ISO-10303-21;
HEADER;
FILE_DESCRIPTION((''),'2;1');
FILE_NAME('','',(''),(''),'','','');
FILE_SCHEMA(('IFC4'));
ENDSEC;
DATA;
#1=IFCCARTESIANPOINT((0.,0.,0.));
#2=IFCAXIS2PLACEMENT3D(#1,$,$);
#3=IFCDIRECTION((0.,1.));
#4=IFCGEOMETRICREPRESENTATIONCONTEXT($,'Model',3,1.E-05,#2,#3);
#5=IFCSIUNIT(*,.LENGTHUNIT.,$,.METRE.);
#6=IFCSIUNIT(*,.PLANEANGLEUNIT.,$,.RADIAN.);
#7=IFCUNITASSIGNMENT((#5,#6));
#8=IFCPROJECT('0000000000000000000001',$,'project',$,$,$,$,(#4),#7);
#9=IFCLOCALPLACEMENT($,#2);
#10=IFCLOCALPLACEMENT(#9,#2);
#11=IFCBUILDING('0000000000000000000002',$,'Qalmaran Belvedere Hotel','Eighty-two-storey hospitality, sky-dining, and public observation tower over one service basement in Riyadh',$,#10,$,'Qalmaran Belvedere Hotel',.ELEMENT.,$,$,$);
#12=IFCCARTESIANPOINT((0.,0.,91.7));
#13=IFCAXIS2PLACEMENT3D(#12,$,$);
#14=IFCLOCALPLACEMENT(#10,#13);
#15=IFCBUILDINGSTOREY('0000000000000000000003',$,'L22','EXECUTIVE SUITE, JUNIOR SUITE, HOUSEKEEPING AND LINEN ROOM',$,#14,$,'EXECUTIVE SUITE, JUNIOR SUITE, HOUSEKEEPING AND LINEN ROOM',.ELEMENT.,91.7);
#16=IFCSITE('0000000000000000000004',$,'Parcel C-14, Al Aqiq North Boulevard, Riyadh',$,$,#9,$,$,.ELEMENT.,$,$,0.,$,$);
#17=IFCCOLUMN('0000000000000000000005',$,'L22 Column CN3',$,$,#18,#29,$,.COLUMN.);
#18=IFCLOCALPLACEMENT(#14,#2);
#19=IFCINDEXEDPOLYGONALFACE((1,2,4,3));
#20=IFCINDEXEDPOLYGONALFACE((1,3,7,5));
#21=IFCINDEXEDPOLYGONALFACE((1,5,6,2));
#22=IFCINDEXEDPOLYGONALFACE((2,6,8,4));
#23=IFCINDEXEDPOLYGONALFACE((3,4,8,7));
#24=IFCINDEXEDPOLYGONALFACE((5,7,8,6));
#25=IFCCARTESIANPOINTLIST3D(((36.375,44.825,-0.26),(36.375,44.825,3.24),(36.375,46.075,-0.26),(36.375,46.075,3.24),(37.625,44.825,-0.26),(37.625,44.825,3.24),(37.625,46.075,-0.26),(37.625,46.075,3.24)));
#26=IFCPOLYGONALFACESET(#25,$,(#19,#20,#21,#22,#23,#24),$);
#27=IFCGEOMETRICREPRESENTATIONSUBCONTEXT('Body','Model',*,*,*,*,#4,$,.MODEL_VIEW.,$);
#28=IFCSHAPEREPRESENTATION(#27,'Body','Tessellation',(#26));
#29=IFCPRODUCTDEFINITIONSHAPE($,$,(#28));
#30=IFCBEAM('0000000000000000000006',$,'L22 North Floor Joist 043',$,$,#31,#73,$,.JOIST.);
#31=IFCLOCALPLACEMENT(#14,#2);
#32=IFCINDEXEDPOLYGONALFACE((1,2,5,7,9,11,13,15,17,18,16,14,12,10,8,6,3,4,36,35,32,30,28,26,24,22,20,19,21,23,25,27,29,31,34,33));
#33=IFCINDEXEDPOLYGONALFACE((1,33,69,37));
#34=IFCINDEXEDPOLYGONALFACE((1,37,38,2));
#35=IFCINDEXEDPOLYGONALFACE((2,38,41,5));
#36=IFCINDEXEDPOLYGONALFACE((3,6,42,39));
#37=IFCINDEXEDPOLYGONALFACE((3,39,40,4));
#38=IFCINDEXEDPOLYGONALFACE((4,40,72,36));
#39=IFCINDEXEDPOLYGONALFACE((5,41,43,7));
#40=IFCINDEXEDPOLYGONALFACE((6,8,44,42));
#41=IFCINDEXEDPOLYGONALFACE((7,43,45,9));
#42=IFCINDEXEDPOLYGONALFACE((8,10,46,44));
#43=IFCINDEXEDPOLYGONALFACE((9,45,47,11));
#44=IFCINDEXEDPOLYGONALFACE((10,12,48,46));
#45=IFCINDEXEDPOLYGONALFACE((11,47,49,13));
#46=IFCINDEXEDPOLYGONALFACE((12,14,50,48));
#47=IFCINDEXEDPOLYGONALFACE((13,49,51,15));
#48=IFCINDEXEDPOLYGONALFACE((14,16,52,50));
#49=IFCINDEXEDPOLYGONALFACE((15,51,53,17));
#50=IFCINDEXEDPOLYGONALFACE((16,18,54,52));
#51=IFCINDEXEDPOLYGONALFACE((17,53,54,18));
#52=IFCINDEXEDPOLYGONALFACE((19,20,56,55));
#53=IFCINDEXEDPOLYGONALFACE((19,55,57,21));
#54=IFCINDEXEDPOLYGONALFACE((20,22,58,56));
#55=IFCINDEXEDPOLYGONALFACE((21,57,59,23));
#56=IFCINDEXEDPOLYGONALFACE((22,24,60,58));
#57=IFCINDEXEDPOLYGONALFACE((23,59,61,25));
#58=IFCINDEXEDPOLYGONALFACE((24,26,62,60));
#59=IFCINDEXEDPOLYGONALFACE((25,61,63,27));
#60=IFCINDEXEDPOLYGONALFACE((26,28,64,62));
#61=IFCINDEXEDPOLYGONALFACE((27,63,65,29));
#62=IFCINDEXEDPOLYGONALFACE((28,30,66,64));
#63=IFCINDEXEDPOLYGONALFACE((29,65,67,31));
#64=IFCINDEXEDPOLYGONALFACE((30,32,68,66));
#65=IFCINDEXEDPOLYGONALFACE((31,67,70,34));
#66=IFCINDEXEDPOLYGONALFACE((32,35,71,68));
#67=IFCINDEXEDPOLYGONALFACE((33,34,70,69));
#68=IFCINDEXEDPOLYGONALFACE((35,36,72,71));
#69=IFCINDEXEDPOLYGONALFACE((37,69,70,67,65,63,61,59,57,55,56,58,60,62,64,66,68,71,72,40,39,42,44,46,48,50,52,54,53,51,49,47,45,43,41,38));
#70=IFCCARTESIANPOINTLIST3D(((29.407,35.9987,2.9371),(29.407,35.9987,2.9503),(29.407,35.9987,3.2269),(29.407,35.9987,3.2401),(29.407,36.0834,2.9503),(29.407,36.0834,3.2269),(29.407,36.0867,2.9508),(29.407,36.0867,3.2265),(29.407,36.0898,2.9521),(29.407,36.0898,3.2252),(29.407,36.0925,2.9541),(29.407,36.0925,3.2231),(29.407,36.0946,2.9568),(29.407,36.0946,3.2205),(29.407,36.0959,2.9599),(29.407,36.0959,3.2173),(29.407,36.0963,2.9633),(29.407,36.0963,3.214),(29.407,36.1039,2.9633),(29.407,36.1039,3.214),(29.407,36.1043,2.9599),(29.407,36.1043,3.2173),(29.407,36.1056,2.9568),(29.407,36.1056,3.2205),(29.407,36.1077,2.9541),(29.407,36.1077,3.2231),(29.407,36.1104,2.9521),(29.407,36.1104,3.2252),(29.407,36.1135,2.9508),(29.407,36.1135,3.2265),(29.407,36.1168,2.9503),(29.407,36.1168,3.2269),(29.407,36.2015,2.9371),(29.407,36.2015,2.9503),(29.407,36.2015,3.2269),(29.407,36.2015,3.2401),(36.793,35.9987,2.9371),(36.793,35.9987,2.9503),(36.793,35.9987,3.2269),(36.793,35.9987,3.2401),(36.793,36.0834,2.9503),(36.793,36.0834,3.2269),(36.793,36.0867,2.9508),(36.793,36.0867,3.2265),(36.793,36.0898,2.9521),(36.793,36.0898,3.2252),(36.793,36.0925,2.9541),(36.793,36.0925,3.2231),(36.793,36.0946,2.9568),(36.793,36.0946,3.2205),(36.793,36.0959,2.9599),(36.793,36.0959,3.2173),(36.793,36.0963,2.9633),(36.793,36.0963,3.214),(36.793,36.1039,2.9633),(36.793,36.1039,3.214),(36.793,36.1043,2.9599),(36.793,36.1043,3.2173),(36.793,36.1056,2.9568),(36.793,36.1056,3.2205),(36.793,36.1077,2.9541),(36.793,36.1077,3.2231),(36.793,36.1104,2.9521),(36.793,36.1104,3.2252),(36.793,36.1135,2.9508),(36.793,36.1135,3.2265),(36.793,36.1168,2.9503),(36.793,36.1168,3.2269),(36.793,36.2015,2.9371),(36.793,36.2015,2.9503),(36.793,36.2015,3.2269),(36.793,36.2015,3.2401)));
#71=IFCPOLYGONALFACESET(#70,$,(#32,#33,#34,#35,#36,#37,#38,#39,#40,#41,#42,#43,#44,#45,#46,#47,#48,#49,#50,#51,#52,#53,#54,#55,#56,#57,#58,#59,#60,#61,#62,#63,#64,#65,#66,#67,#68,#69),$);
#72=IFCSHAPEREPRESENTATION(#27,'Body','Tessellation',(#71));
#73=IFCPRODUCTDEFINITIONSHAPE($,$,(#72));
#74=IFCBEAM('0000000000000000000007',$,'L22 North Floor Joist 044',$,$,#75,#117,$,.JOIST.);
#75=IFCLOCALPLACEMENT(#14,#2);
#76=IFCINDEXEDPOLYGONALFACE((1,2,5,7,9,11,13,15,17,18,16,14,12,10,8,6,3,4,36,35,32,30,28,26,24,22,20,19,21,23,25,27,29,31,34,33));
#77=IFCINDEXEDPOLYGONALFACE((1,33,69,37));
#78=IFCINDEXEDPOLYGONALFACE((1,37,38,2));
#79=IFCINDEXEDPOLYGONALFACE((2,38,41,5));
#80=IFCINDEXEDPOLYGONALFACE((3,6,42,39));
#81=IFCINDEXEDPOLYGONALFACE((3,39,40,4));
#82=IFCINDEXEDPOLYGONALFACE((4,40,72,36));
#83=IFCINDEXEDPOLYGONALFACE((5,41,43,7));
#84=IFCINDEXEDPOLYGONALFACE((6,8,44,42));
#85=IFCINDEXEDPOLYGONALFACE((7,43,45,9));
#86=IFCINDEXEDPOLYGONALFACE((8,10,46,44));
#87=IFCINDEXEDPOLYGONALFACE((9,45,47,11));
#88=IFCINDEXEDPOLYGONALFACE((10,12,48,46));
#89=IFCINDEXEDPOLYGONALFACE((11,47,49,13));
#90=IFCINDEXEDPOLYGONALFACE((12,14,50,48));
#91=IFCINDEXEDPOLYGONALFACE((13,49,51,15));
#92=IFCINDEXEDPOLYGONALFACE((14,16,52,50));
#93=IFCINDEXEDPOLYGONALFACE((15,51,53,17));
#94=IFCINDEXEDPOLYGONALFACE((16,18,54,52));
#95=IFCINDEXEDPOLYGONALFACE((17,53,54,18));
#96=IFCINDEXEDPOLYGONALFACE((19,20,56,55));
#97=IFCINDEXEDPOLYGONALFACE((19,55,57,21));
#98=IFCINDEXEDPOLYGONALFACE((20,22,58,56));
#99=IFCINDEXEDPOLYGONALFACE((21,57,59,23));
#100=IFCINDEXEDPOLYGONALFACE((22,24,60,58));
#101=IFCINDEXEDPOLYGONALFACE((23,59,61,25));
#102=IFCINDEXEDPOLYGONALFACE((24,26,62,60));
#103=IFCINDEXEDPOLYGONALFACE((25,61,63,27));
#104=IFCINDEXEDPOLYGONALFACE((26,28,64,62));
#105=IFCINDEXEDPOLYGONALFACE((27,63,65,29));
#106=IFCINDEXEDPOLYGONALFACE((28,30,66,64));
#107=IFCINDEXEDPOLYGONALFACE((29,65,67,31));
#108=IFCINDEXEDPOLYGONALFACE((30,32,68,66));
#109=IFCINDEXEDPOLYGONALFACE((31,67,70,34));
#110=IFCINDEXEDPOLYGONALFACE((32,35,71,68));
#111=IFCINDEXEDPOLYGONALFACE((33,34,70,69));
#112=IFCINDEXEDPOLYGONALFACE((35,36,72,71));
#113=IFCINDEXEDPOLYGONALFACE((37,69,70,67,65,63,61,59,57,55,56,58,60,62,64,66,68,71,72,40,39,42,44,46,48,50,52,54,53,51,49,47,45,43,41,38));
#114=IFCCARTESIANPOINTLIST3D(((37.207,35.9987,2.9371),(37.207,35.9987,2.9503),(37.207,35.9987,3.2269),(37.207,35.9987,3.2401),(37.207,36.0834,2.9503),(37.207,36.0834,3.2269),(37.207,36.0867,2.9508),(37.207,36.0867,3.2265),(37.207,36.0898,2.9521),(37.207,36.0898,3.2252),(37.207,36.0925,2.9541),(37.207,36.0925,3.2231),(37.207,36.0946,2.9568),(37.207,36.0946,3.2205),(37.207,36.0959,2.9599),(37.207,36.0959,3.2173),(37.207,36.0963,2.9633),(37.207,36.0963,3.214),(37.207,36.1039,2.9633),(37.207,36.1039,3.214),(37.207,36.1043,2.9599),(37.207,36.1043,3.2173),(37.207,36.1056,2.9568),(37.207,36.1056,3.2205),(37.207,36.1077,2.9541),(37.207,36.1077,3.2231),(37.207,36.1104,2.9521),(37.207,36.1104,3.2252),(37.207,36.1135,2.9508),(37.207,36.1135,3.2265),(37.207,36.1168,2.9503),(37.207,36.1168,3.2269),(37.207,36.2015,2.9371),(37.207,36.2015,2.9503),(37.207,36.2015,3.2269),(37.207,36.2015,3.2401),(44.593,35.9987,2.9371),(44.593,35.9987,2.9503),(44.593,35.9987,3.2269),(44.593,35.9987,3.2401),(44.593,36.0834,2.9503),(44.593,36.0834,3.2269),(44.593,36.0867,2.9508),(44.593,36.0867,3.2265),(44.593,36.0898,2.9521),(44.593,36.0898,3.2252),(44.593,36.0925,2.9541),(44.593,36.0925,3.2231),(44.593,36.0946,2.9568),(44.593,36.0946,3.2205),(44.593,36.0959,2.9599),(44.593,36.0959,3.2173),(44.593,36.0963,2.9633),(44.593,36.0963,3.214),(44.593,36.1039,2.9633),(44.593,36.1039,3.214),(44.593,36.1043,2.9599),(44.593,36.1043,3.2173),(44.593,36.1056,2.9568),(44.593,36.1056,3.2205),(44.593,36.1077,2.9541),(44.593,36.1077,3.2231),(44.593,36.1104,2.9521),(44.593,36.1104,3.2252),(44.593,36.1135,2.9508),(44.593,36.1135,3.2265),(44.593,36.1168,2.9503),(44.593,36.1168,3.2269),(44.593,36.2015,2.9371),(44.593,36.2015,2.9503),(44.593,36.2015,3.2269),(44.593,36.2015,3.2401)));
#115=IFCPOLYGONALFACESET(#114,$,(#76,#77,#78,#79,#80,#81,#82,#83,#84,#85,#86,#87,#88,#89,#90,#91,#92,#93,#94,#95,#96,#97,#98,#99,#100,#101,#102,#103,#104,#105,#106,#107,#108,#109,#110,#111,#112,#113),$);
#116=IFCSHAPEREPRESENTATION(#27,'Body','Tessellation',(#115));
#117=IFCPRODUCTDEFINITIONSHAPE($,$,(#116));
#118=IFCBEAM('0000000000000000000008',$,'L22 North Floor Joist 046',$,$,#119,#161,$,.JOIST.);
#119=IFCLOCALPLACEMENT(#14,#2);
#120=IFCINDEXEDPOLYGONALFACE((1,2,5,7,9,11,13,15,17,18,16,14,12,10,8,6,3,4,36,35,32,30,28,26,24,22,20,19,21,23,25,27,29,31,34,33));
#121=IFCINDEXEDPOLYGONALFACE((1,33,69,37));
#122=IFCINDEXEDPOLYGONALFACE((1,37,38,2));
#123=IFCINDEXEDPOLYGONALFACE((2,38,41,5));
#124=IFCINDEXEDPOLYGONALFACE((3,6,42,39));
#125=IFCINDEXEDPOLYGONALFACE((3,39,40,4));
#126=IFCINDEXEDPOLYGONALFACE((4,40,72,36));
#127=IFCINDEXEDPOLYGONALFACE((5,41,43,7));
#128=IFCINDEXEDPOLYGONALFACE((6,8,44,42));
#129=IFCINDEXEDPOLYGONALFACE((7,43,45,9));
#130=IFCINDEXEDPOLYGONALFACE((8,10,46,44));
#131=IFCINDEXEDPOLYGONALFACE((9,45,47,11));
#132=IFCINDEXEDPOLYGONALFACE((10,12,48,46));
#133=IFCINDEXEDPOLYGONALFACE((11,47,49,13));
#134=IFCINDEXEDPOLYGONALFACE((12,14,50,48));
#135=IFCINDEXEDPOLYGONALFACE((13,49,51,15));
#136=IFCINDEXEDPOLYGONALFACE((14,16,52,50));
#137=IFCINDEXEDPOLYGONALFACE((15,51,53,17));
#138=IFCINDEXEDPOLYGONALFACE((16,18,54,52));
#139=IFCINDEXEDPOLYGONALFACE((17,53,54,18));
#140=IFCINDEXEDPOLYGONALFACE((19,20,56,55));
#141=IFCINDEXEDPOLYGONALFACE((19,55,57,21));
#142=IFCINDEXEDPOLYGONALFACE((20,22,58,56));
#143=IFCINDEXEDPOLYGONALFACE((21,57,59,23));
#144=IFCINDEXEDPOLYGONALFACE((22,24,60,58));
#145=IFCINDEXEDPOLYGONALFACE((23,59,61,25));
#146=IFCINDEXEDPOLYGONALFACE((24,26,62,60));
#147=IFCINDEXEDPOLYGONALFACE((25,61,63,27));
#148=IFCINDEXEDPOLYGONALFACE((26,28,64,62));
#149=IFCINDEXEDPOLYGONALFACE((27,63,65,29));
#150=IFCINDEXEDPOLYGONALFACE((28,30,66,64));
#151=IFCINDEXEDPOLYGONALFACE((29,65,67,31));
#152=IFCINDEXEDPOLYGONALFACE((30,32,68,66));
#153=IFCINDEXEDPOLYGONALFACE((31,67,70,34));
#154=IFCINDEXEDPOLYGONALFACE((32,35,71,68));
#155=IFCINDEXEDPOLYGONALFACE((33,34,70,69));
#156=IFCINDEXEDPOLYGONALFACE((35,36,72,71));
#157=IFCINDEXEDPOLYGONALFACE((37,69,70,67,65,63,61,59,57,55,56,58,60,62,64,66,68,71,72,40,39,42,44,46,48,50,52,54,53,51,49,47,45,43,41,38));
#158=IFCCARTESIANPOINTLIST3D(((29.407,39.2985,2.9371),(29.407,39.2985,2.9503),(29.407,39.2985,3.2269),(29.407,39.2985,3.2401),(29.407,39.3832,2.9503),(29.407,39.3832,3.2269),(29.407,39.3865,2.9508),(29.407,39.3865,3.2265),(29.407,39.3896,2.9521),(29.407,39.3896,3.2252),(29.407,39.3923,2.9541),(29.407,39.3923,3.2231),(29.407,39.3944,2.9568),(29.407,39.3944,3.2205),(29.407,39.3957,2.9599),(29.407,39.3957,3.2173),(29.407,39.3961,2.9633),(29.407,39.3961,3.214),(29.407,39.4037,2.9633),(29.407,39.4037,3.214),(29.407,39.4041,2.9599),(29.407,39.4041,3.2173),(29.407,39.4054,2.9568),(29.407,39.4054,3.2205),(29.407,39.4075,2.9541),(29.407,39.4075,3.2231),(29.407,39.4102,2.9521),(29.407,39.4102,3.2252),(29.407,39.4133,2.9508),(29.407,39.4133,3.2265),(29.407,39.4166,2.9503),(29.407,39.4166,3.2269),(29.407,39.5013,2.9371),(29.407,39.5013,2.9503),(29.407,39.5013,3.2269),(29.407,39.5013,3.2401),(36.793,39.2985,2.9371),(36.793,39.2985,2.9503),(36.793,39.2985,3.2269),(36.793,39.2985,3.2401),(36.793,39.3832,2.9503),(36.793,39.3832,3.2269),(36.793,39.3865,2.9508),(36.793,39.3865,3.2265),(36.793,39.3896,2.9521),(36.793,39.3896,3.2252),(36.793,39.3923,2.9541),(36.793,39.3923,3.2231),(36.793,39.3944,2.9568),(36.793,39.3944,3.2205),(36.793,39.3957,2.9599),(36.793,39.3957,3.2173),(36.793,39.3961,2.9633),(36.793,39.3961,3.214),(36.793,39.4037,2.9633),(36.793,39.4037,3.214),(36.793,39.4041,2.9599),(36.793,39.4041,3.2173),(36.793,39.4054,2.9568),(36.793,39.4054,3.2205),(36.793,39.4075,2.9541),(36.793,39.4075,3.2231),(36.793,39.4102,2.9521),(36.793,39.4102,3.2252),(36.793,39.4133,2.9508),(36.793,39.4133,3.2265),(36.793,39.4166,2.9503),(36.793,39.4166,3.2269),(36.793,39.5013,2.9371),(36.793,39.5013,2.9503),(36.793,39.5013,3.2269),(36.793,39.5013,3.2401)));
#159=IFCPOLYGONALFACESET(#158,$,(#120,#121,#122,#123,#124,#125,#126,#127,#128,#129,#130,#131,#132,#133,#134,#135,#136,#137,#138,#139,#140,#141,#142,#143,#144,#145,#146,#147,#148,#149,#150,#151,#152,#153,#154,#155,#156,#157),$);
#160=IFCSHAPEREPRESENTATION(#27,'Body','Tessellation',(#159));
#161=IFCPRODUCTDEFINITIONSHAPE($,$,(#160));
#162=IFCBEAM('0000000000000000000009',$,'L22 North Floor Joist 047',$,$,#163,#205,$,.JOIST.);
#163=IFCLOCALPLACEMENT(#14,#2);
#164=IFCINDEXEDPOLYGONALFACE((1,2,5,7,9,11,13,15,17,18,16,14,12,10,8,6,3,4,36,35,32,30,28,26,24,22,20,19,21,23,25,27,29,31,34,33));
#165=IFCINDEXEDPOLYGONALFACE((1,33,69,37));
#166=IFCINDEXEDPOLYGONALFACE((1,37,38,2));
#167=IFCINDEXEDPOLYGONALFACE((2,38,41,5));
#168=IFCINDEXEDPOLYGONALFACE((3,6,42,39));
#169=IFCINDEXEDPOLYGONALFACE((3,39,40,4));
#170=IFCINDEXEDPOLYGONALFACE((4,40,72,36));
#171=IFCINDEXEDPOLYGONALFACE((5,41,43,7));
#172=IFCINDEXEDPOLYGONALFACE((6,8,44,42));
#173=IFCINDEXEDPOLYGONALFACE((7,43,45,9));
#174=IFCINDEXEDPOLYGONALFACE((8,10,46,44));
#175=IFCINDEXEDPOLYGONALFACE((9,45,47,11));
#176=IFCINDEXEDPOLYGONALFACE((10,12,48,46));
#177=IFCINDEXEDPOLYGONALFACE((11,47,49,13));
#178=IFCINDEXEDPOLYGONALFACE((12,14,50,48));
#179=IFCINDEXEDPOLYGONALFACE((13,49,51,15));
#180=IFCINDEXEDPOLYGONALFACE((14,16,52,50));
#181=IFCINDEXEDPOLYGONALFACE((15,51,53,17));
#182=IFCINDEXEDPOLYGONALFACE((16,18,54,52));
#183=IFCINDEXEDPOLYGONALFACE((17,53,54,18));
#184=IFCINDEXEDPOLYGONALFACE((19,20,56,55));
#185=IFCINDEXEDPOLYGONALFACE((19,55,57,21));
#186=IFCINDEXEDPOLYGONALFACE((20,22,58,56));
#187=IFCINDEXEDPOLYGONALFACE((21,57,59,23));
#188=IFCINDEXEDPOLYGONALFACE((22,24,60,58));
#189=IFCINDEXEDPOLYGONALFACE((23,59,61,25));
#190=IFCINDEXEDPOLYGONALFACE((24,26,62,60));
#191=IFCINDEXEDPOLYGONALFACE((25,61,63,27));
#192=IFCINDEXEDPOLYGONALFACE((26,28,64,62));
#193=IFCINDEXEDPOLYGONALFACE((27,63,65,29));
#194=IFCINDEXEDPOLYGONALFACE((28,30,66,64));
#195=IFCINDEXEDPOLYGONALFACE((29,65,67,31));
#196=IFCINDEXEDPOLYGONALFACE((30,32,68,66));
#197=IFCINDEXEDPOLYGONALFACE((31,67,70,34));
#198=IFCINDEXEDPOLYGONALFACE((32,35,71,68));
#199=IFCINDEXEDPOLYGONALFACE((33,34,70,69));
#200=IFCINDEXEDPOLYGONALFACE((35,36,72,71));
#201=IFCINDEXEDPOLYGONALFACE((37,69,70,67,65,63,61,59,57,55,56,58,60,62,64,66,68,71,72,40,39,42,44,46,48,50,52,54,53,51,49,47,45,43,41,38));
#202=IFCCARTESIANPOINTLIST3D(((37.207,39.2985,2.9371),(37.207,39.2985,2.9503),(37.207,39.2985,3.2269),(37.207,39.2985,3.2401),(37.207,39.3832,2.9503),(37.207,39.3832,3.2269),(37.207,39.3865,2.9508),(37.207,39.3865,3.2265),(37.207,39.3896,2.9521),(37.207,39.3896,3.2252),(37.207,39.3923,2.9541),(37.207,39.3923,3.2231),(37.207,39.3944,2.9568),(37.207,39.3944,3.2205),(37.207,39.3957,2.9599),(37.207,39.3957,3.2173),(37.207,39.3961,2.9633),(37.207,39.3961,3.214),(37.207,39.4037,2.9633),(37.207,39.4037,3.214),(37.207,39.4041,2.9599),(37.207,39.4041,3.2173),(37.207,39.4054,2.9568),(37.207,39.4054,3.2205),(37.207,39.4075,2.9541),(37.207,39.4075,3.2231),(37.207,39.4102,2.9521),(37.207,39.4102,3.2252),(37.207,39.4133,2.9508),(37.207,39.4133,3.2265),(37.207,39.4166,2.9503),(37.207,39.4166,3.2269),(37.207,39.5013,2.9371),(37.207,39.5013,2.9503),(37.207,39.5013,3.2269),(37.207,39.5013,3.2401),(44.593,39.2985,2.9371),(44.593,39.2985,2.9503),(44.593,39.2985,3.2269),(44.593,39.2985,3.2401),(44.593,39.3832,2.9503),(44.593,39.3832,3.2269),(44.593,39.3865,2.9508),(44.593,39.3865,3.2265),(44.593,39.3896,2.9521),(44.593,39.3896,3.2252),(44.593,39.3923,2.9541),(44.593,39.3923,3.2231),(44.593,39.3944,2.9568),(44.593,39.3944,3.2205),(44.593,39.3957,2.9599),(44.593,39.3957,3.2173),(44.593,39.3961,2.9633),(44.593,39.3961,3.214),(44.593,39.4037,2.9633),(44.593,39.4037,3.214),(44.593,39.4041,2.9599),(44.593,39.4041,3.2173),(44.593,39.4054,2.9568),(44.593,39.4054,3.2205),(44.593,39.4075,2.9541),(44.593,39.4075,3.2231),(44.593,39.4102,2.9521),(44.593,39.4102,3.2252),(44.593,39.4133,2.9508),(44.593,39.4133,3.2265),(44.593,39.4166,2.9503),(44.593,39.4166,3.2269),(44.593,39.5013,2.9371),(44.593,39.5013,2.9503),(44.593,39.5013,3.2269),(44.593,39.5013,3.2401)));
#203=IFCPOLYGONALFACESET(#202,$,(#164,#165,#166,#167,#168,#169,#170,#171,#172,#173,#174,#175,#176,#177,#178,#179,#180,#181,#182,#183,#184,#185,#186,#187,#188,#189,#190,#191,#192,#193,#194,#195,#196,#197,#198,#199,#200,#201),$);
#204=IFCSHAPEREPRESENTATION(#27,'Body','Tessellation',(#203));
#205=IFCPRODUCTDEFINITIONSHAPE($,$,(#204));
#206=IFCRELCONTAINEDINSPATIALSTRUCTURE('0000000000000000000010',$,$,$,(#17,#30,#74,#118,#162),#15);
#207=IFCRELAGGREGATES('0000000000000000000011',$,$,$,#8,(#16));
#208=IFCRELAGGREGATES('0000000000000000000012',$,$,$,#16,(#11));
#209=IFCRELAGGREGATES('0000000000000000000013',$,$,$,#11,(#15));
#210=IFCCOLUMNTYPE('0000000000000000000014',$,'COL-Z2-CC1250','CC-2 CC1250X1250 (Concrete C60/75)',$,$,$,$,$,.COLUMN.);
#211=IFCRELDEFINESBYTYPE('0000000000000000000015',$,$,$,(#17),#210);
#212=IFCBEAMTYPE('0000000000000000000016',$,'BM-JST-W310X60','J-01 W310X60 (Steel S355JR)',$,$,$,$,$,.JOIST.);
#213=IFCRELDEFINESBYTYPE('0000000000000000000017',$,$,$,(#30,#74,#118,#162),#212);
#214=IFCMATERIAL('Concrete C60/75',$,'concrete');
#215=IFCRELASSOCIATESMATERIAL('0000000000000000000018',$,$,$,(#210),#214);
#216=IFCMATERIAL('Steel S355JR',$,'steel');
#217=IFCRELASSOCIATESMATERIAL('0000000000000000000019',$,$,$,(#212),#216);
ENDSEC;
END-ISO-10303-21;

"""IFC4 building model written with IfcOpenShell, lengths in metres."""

from ifc_helpers import new_model, si_unit, direction, frame, origin, origin_2d, place, context, subcontext, project, spatial, rectangle, i_section, extrude, material, material_profile, profile_set, type_object, element, save


model = new_model("IFC4")

# Units and contexts
model_context = context("Model", 3, precision=1e-05, world=origin(), true_north=direction((0.0, 1.0)))
body_context = subcontext(model_context, "Body", "Model", "MODEL_VIEW")
ifc_project = project(units=[si_unit("LENGTHUNIT", "METRE"), si_unit("PLANEANGLEUNIT", "RADIAN")], contexts=[model_context])

# Site, building, storey
site_placement = place(None, origin())
site = spatial("IfcSite", under=ifc_project, at=site_placement, Name="Parcel C-14, Al Aqiq North Boulevard, Riyadh", CompositionType="ELEMENT", RefElevation=0.0)
building_placement = place(site_placement, origin())
building = spatial("IfcBuilding", under=site, at=building_placement, Name="Qalmaran Belvedere Hotel", Description="Eighty-two-storey hospitality, sky-dining, and public observation tower over one service basement in Riyadh", LongName="Qalmaran Belvedere Hotel", CompositionType="ELEMENT")
storey_placement = place(building_placement, frame((0.0, 0.0, 91.7)))
storey = spatial("IfcBuildingStorey", under=building, at=storey_placement, Name="L22", Description="EXECUTIVE SUITE, JUNIOR SUITE, HOUSEKEEPING AND LINEN ROOM", LongName="EXECUTIVE SUITE, JUNIOR SUITE, HOUSEKEEPING AND LINEN ROOM", CompositionType="ELEMENT", Elevation=91.7)

# Column
ifc_material_1 = material(Name="Concrete C60/75", Category="concrete")
ifc_material_profile_1 = material_profile(ifc_material_1, rectangle(XDim=1.25, YDim=1.25, at=origin_2d()), Name="CC1250X1250")
ifc_profile_set_1 = profile_set([ifc_material_profile_1], Name="Concrete C60/75")
column_type = type_object("IfcColumnType", Name="COL-Z2-CC1250", Description="CC-2 CC1250X1250 (Concrete C60/75)", PredefinedType="COLUMN", material=ifc_profile_set_1)
column_placement = place(storey_placement, frame((37.0, 45.45, -0.26), z_axis=(0.0, 0.0, 1.0), x_axis=(1.0, 0.0, 0.0)))
element("IfcColumn", 1, at=column_placement, inside=storey, type_object=column_type, Name="L22 Column CN3", PredefinedType="COLUMN", context=body_context, shape_type="SweptSolid", body=[
    extrude(rectangle(XDim=1.25, YDim=1.25, at=origin_2d()), origin(), (0.0, 0.0, 1.0), 3.5),
])

# Beams
ifc_material_2 = material(Name="Steel S355JR", Category="steel")
ifc_material_profile_2 = material_profile(ifc_material_2, i_section(OverallWidth=0.2029, OverallDepth=0.303, WebThickness=0.0076, FlangeThickness=0.0132, FilletRadius=0.0129, at=origin_2d()), Name="W310X60")
ifc_profile_set_2 = profile_set([ifc_material_profile_2], Name="Steel S355JR")
beam_type_1 = type_object("IfcBeamType", Name="BM-JST-W310X60", Description="J-01 W310X60 (Steel S355JR)", PredefinedType="JOIST", material=ifc_profile_set_2)
for number, where, z_axis, x_axis, name in (
    (2, (29.407, 36.1001, 3.0886), (1.0, 0.0, 0.0), (0.0, 1.0, 0.0), "L22 North Floor Joist 043"),
    (3, (37.207, 36.1001, 3.0886), (1.0, 0.0, 0.0), (0.0, 1.0, 0.0), "L22 North Floor Joist 044"),
    (4, (29.407, 39.3999, 3.0886), (1.0, 0.0, 0.0), (0.0, 1.0, 0.0), "L22 North Floor Joist 046"),
    (5, (37.207, 39.3999, 3.0886), (1.0, 0.0, 0.0), (0.0, 1.0, 0.0), "L22 North Floor Joist 047"),
):
    element("IfcBeam", number, at=place(storey_placement, frame(where, z_axis=z_axis, x_axis=x_axis)), inside=storey, type_object=beam_type_1, Name=name, PredefinedType="JOIST", context=body_context, shape_type="SweptSolid", body=[
        extrude(i_section(OverallWidth=0.2029, OverallDepth=0.303, WebThickness=0.0076, FlangeThickness=0.0132, FilletRadius=0.0129, at=origin_2d()), origin(), (0.0, 0.0, 1.0), 7.386),
    ])

save(model, "model.ifc")
